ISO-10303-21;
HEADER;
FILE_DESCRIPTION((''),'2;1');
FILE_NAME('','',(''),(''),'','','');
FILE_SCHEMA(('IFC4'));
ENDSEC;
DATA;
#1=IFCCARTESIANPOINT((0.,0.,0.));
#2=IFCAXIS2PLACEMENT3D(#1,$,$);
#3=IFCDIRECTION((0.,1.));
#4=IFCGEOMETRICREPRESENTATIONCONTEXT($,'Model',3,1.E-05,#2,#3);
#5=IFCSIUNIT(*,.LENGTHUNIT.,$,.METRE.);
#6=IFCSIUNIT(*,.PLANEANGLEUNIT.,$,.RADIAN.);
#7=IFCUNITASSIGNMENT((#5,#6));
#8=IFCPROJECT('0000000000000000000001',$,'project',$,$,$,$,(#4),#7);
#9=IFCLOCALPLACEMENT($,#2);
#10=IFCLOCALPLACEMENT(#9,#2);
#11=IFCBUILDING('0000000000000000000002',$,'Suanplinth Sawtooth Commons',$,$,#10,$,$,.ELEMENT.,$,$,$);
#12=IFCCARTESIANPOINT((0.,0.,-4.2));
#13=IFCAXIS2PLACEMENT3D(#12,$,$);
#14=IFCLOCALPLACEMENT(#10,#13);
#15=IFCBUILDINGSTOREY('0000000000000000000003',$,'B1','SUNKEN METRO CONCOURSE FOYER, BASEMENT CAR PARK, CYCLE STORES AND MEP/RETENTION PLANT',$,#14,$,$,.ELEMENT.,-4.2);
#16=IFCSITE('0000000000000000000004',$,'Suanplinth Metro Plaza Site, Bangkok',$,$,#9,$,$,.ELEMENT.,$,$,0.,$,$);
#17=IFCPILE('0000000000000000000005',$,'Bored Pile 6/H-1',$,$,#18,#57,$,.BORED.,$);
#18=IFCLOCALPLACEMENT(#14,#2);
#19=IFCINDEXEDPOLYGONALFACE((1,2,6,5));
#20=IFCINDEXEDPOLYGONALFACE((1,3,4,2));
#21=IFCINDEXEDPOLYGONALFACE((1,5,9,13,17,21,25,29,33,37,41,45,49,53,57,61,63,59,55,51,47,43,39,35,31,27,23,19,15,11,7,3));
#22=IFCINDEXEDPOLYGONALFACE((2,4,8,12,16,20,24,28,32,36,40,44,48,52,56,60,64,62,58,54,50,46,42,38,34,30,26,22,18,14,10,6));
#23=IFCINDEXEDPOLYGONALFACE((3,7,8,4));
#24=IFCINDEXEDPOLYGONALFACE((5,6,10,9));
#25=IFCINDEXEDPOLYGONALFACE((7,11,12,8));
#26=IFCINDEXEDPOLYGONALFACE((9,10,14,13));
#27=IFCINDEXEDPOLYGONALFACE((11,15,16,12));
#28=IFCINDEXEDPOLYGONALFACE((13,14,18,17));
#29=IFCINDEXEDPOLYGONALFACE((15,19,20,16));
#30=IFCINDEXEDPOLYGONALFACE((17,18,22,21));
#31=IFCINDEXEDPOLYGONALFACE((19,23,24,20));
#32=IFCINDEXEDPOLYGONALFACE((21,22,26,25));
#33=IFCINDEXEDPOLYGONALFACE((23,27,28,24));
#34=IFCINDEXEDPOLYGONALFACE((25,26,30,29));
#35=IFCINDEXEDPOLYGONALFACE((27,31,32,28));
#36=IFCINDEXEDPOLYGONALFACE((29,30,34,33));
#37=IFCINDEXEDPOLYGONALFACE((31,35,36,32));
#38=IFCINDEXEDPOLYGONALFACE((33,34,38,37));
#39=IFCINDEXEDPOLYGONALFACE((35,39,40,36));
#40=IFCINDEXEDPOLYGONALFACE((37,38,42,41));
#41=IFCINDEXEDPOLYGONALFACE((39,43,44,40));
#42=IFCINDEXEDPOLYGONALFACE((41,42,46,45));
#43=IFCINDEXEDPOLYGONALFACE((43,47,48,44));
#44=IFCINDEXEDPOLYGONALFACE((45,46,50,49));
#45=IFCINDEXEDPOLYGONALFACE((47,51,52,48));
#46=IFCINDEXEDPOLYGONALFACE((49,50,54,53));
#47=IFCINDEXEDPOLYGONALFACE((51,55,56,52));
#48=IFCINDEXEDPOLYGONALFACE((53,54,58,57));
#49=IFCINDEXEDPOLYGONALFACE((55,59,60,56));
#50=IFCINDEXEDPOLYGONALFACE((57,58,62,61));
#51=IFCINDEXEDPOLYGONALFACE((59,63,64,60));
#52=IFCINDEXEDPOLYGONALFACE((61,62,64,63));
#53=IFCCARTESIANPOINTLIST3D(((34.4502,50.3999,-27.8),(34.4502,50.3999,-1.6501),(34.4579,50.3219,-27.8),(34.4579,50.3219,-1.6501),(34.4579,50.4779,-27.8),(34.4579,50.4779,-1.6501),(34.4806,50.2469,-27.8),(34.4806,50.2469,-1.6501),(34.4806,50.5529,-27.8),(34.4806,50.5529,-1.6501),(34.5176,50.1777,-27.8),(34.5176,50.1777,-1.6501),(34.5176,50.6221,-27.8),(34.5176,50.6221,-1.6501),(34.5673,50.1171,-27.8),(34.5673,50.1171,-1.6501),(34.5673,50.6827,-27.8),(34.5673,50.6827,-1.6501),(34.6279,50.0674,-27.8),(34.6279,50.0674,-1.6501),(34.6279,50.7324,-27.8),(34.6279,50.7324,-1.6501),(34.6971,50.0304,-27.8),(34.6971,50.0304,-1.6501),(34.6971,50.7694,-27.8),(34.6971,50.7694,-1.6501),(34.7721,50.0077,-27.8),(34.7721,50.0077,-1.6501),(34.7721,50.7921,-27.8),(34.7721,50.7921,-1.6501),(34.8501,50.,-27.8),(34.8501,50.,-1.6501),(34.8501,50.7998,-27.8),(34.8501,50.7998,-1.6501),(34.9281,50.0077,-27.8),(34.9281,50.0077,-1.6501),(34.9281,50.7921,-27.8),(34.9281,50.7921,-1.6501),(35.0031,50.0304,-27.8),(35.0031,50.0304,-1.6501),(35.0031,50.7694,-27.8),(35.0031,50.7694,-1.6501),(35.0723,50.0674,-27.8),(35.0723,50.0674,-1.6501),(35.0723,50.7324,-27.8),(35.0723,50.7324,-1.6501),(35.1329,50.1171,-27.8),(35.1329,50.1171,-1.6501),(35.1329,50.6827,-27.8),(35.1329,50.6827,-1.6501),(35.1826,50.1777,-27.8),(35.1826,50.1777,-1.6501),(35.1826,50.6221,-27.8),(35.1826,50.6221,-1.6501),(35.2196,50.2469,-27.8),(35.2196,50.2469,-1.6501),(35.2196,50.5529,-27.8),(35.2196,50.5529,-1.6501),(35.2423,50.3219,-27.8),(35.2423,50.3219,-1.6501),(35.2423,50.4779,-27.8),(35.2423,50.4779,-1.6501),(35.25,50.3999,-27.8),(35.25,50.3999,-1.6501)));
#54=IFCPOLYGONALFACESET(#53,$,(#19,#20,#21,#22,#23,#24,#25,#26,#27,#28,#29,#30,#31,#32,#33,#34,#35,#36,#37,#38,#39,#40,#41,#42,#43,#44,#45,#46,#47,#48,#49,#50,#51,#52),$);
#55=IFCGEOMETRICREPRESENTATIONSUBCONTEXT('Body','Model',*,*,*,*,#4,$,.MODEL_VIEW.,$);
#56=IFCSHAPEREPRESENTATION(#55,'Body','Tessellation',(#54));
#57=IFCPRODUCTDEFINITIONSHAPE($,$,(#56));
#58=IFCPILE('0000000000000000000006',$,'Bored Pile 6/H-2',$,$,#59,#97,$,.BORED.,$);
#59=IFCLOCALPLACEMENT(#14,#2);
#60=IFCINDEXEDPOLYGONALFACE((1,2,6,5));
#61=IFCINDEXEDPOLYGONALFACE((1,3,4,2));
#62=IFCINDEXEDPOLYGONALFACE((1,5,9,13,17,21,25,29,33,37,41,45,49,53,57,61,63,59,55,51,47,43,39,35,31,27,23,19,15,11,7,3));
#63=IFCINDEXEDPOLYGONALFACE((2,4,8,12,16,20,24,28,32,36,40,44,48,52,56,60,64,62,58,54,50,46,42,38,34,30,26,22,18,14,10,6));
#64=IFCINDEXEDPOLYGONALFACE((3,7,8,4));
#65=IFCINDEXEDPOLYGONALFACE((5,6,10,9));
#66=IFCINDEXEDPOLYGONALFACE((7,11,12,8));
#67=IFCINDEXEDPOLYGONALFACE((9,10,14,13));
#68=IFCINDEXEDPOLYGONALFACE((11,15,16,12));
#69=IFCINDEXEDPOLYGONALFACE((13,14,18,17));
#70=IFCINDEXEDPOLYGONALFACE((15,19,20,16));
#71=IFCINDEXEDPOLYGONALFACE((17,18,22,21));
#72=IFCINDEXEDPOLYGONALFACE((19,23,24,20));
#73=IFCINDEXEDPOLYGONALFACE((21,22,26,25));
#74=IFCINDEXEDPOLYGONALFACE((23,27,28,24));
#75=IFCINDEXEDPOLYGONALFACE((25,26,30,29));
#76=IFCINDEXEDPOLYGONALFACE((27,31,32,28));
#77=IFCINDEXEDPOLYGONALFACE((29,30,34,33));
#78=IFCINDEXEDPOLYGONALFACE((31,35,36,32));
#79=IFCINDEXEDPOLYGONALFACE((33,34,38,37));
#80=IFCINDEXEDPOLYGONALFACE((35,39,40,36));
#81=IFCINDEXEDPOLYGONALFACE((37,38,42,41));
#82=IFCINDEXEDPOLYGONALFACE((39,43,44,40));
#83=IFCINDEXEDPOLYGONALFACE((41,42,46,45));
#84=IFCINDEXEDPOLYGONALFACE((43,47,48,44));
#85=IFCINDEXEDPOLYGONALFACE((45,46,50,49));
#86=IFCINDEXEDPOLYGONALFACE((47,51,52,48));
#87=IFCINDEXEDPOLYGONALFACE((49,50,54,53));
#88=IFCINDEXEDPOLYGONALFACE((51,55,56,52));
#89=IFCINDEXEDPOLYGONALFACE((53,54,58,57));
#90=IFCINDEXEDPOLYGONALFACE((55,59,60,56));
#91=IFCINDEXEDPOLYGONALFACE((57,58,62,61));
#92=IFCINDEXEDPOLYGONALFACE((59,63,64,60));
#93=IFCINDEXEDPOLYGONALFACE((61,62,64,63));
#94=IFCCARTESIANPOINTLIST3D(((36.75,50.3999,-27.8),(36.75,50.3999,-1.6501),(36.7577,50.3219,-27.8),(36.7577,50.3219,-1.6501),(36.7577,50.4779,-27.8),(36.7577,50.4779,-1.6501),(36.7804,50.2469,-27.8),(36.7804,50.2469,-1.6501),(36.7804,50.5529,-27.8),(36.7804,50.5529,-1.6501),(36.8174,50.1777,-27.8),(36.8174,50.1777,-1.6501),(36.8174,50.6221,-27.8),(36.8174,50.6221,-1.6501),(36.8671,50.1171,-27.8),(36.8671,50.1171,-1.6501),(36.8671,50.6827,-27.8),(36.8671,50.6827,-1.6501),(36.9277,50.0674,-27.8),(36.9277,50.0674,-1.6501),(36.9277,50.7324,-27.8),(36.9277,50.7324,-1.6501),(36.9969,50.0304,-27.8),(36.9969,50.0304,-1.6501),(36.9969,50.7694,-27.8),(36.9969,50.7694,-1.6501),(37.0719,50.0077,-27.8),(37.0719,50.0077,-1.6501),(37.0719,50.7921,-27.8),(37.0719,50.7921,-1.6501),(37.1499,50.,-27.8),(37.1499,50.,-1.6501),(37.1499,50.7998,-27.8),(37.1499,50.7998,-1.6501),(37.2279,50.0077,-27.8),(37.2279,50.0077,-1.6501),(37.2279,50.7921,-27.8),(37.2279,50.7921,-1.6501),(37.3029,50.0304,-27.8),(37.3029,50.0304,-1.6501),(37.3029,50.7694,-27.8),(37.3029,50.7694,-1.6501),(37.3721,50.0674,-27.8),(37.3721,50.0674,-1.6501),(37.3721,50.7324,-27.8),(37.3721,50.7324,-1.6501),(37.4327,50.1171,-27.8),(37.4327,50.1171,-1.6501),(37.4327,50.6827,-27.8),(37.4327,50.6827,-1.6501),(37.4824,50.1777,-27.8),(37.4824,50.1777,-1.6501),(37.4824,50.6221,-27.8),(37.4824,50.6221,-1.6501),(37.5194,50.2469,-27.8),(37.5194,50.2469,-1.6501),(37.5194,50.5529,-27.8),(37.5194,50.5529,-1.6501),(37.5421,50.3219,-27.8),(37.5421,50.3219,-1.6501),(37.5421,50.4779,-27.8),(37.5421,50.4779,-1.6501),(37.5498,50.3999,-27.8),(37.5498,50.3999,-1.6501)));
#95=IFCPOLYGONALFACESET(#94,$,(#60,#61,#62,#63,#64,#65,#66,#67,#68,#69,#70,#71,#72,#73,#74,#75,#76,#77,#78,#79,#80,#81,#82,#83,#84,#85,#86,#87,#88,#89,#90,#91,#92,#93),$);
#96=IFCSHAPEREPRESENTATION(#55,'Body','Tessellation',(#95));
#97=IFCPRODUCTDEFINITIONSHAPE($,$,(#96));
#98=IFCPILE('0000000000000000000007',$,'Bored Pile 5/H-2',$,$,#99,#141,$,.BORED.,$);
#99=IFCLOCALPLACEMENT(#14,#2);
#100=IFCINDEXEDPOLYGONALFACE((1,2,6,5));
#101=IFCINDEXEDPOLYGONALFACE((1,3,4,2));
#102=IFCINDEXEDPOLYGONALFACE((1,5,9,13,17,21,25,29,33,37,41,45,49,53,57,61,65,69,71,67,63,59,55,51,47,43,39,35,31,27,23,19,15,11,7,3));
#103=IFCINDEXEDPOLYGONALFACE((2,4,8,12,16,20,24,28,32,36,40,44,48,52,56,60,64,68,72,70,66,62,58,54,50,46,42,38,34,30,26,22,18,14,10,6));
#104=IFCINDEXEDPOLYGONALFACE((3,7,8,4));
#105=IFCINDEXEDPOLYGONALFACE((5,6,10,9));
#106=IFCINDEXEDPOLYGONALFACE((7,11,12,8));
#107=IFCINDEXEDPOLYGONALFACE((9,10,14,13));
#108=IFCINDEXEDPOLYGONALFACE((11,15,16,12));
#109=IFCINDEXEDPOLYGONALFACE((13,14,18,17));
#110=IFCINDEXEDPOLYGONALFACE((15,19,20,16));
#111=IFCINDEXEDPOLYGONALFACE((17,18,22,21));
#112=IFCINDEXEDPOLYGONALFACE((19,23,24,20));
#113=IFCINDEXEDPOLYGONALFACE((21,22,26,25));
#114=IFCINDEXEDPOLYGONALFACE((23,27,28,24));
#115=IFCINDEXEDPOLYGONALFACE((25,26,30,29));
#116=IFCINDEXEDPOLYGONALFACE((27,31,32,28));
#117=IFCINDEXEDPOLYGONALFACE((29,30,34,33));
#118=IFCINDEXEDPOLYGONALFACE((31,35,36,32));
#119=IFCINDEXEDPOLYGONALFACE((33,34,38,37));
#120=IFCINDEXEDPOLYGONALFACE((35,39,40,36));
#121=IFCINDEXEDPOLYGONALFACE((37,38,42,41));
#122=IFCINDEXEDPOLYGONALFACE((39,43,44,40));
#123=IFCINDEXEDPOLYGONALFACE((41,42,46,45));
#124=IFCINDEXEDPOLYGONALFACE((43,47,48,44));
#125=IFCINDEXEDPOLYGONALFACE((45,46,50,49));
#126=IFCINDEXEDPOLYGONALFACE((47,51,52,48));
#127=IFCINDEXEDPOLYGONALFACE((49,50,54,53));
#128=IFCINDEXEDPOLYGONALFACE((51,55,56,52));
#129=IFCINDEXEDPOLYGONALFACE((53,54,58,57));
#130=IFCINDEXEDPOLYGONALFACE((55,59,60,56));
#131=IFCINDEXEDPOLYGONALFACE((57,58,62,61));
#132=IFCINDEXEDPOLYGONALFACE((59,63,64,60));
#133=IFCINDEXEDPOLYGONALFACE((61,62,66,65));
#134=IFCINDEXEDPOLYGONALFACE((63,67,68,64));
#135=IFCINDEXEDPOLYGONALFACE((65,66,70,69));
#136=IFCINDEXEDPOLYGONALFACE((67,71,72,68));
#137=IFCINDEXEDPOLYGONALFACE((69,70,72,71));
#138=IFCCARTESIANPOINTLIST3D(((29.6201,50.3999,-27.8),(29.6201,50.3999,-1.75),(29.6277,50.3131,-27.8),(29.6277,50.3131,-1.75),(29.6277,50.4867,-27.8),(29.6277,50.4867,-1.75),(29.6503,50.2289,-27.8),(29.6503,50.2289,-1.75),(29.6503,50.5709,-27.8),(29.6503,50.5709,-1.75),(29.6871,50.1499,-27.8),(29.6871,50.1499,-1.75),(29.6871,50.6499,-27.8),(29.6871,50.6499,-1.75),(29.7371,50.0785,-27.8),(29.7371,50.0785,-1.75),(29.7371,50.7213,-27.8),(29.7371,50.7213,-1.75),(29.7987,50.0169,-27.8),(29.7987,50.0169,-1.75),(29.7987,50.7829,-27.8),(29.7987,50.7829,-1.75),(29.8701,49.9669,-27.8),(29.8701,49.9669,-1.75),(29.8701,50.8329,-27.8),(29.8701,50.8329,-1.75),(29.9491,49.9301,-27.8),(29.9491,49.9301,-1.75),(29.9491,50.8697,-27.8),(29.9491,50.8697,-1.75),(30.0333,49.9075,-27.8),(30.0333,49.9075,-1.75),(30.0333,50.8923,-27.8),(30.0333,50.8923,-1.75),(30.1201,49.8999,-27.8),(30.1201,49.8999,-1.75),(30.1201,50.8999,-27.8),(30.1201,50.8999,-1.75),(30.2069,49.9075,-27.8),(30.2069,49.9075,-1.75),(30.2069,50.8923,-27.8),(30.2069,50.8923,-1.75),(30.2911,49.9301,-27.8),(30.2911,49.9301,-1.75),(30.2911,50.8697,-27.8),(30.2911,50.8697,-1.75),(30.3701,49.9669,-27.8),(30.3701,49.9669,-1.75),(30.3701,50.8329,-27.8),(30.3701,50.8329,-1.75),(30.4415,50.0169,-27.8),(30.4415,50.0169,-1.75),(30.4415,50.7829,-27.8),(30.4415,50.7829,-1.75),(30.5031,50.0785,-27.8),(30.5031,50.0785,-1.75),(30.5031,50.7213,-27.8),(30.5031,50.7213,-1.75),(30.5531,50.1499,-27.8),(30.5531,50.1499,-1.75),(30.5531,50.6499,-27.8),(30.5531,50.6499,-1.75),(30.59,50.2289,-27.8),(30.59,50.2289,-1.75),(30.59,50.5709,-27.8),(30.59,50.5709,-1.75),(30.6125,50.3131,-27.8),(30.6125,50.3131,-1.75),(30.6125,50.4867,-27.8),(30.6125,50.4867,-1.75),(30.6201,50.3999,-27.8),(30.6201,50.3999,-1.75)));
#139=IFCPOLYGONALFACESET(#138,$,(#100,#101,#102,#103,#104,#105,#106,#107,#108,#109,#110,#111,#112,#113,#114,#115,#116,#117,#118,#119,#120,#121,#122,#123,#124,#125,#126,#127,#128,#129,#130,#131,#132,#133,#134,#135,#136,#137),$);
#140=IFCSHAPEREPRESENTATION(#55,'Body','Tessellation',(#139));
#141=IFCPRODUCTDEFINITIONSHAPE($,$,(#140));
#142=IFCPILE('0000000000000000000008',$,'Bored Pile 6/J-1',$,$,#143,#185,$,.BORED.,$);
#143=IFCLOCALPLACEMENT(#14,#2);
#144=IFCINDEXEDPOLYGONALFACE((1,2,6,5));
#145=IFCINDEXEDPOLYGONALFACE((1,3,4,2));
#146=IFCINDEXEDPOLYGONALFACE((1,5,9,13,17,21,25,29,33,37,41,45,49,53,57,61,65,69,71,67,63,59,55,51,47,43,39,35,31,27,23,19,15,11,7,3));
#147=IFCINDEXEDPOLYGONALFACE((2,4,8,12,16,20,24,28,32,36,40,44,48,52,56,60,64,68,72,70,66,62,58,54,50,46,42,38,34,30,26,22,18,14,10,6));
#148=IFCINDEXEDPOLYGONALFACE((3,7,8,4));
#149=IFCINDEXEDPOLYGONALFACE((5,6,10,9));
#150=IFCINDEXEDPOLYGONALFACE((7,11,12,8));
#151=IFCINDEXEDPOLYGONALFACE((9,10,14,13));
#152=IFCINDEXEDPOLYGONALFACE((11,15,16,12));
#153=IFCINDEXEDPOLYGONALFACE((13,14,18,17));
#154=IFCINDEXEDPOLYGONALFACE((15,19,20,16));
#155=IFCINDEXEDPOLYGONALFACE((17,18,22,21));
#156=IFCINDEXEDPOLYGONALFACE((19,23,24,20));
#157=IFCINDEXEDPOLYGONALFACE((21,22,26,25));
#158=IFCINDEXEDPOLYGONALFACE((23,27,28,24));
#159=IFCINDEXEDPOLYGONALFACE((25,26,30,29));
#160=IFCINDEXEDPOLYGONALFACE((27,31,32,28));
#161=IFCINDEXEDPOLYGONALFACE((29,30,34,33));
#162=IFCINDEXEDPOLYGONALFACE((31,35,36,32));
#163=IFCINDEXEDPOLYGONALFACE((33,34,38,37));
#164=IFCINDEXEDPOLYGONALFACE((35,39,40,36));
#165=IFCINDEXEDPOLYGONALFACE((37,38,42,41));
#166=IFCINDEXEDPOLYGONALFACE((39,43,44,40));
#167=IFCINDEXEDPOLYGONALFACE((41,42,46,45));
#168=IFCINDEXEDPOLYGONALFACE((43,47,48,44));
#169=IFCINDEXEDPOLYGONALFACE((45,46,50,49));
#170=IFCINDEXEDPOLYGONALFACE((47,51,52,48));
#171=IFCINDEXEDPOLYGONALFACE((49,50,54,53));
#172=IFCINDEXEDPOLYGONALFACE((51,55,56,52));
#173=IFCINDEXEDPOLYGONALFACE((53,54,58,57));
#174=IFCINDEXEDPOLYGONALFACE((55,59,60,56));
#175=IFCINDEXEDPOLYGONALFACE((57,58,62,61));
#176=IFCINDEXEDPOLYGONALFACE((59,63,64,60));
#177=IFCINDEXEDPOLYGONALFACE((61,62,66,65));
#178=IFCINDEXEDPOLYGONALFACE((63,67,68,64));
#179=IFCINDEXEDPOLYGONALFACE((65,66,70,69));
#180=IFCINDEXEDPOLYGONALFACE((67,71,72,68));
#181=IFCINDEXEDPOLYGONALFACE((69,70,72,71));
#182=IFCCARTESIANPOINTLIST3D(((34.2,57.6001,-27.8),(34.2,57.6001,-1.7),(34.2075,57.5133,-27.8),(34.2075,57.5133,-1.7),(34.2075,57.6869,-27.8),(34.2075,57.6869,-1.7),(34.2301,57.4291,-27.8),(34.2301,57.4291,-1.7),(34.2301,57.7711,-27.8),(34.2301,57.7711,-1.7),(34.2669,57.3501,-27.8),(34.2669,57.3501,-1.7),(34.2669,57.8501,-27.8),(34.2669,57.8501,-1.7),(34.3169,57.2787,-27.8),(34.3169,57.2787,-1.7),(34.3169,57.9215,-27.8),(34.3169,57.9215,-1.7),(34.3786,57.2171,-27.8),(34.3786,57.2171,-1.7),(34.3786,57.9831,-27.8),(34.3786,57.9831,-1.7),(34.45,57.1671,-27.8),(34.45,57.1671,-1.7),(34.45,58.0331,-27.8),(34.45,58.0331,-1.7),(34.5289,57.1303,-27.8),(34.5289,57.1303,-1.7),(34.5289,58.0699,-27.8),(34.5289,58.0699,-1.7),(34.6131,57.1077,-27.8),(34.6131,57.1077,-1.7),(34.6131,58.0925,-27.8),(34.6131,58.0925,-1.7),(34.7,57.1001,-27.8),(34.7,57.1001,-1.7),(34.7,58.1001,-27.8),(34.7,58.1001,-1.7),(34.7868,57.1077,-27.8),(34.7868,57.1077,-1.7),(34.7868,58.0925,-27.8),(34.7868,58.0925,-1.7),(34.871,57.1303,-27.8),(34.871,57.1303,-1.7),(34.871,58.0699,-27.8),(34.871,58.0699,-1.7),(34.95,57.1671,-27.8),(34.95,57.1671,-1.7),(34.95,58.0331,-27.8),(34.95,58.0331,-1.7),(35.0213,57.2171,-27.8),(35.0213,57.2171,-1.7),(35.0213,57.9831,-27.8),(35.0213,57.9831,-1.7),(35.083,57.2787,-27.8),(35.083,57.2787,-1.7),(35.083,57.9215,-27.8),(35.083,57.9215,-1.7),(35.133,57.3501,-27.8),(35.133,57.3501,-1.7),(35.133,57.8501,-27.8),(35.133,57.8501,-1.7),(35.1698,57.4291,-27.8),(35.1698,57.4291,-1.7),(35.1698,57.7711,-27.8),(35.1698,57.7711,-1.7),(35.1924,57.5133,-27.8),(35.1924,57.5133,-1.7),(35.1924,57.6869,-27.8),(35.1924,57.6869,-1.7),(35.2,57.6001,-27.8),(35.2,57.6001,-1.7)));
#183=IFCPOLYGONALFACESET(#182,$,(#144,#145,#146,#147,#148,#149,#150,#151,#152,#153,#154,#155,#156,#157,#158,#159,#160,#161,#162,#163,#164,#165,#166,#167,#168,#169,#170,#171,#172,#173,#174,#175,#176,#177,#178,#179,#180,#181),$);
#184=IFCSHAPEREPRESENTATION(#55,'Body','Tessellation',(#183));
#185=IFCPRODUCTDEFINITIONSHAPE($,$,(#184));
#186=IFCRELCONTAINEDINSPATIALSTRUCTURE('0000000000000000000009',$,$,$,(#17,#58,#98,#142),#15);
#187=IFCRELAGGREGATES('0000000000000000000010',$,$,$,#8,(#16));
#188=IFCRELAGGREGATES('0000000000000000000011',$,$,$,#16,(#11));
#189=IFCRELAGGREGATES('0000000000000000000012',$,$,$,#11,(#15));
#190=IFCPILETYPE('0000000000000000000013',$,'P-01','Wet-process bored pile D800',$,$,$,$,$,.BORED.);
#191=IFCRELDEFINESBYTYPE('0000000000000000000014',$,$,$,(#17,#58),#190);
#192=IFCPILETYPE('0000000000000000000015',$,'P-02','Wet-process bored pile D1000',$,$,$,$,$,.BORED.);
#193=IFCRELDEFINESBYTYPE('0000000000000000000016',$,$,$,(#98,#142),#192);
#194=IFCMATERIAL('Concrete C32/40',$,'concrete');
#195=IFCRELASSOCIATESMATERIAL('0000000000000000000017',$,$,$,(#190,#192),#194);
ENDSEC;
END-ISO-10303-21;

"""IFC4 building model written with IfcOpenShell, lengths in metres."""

from ifc_helpers import new_model, si_unit, direction, frame, origin, origin_2d, place, context, subcontext, project, spatial, circle, extrude, material, material_profile, profile_set, type_object, element, save


model = new_model("IFC4")

# Units and contexts
model_context = context("Model", 3, precision=1e-05, world=origin(), true_north=direction((0.0, 1.0)))
body_context = subcontext(model_context, "Body", "Model", "MODEL_VIEW")
ifc_project = project(units=[si_unit("LENGTHUNIT", "METRE"), si_unit("PLANEANGLEUNIT", "RADIAN")], contexts=[model_context])

# Site, building, storey
site_placement = place(None, origin())
site = spatial("IfcSite", under=ifc_project, at=site_placement, Name="Suanplinth Metro Plaza Site, Bangkok", CompositionType="ELEMENT", RefElevation=0.0)
building_placement = place(site_placement, origin())
building = spatial("IfcBuilding", under=site, at=building_placement, Name="Suanplinth Sawtooth Commons", CompositionType="ELEMENT")
storey_placement = place(building_placement, frame((0.0, 0.0, -4.2)))
storey = spatial("IfcBuildingStorey", under=building, at=storey_placement, Name="B1", Description="SUNKEN METRO CONCOURSE FOYER, BASEMENT CAR PARK, CYCLE STORES AND MEP/RETENTION PLANT", CompositionType="ELEMENT", Elevation=-4.2)

# Piles
ifc_material_1 = material(Name="Concrete C32/40", Category="concrete")
ifc_material_profile_1 = material_profile(ifc_material_1, circle(Radius=0.3999, at=origin_2d()), Name="PILE D800")
ifc_profile_set_1 = profile_set([ifc_material_profile_1], Name="Concrete C32/40")
pile_type_1 = type_object("IfcPileType", Name="P-01", Description="Wet-process bored pile D800", PredefinedType="BORED", material=ifc_profile_set_1)
for number, where, z_axis, x_axis, name in (
    (1, (34.8501, 50.3999, -1.6501), (0.0, 0.0, -1.0), (1.0, 0.0, 0.0), "Bored Pile 6/H-1"),
    (2, (37.1499, 50.3999, -1.6501), (0.0, 0.0, -1.0), (1.0, 0.0, 0.0), "Bored Pile 6/H-2"),
):
    element("IfcPile", number, at=place(storey_placement, frame(where, z_axis=z_axis, x_axis=x_axis)), inside=storey, type_object=pile_type_1, Name=name, PredefinedType="BORED", context=body_context, shape_type="SweptSolid", body=[
        extrude(circle(Radius=0.3999, at=origin_2d()), origin(), (0.0, 0.0, 1.0), 26.1499),
    ])
ifc_material_profile_2 = material_profile(ifc_material_1, circle(Radius=0.5, at=origin_2d()), Name="PILE D1000")
ifc_profile_set_2 = profile_set([ifc_material_profile_2], Name="Concrete C32/40")
pile_type_2 = type_object("IfcPileType", Name="P-02", Description="Wet-process bored pile D1000", PredefinedType="BORED", material=ifc_profile_set_2)
pile_1_placement = place(storey_placement, frame((30.1201, 50.3999, -1.75), z_axis=(0.0, 0.0, -1.0), x_axis=(1.0, 0.0, 0.0)))
element("IfcPile", 3, at=pile_1_placement, inside=storey, type_object=pile_type_2, Name="Bored Pile 5/H-2", PredefinedType="BORED", context=body_context, shape_type="SweptSolid", body=[
    extrude(circle(Radius=0.5, at=origin_2d()), origin(), (0.0, 0.0, 1.0), 26.05),
])
for number, where, z_axis, x_axis, name in (
    (4, (34.7, 57.6001, -1.7), (0.0, 0.0, -1.0), (1.0, 0.0, 0.0), "Bored Pile 6/J-1"),
):
    element("IfcPile", number, at=place(storey_placement, frame(where, z_axis=z_axis, x_axis=x_axis)), inside=storey, type_object=pile_type_2, Name=name, PredefinedType="BORED", context=body_context, shape_type="SweptSolid", body=[
        extrude(circle(Radius=0.5, at=origin_2d()), origin(), (0.0, 0.0, 1.0), 26.1001),
    ])

save(model, "model.ifc")
